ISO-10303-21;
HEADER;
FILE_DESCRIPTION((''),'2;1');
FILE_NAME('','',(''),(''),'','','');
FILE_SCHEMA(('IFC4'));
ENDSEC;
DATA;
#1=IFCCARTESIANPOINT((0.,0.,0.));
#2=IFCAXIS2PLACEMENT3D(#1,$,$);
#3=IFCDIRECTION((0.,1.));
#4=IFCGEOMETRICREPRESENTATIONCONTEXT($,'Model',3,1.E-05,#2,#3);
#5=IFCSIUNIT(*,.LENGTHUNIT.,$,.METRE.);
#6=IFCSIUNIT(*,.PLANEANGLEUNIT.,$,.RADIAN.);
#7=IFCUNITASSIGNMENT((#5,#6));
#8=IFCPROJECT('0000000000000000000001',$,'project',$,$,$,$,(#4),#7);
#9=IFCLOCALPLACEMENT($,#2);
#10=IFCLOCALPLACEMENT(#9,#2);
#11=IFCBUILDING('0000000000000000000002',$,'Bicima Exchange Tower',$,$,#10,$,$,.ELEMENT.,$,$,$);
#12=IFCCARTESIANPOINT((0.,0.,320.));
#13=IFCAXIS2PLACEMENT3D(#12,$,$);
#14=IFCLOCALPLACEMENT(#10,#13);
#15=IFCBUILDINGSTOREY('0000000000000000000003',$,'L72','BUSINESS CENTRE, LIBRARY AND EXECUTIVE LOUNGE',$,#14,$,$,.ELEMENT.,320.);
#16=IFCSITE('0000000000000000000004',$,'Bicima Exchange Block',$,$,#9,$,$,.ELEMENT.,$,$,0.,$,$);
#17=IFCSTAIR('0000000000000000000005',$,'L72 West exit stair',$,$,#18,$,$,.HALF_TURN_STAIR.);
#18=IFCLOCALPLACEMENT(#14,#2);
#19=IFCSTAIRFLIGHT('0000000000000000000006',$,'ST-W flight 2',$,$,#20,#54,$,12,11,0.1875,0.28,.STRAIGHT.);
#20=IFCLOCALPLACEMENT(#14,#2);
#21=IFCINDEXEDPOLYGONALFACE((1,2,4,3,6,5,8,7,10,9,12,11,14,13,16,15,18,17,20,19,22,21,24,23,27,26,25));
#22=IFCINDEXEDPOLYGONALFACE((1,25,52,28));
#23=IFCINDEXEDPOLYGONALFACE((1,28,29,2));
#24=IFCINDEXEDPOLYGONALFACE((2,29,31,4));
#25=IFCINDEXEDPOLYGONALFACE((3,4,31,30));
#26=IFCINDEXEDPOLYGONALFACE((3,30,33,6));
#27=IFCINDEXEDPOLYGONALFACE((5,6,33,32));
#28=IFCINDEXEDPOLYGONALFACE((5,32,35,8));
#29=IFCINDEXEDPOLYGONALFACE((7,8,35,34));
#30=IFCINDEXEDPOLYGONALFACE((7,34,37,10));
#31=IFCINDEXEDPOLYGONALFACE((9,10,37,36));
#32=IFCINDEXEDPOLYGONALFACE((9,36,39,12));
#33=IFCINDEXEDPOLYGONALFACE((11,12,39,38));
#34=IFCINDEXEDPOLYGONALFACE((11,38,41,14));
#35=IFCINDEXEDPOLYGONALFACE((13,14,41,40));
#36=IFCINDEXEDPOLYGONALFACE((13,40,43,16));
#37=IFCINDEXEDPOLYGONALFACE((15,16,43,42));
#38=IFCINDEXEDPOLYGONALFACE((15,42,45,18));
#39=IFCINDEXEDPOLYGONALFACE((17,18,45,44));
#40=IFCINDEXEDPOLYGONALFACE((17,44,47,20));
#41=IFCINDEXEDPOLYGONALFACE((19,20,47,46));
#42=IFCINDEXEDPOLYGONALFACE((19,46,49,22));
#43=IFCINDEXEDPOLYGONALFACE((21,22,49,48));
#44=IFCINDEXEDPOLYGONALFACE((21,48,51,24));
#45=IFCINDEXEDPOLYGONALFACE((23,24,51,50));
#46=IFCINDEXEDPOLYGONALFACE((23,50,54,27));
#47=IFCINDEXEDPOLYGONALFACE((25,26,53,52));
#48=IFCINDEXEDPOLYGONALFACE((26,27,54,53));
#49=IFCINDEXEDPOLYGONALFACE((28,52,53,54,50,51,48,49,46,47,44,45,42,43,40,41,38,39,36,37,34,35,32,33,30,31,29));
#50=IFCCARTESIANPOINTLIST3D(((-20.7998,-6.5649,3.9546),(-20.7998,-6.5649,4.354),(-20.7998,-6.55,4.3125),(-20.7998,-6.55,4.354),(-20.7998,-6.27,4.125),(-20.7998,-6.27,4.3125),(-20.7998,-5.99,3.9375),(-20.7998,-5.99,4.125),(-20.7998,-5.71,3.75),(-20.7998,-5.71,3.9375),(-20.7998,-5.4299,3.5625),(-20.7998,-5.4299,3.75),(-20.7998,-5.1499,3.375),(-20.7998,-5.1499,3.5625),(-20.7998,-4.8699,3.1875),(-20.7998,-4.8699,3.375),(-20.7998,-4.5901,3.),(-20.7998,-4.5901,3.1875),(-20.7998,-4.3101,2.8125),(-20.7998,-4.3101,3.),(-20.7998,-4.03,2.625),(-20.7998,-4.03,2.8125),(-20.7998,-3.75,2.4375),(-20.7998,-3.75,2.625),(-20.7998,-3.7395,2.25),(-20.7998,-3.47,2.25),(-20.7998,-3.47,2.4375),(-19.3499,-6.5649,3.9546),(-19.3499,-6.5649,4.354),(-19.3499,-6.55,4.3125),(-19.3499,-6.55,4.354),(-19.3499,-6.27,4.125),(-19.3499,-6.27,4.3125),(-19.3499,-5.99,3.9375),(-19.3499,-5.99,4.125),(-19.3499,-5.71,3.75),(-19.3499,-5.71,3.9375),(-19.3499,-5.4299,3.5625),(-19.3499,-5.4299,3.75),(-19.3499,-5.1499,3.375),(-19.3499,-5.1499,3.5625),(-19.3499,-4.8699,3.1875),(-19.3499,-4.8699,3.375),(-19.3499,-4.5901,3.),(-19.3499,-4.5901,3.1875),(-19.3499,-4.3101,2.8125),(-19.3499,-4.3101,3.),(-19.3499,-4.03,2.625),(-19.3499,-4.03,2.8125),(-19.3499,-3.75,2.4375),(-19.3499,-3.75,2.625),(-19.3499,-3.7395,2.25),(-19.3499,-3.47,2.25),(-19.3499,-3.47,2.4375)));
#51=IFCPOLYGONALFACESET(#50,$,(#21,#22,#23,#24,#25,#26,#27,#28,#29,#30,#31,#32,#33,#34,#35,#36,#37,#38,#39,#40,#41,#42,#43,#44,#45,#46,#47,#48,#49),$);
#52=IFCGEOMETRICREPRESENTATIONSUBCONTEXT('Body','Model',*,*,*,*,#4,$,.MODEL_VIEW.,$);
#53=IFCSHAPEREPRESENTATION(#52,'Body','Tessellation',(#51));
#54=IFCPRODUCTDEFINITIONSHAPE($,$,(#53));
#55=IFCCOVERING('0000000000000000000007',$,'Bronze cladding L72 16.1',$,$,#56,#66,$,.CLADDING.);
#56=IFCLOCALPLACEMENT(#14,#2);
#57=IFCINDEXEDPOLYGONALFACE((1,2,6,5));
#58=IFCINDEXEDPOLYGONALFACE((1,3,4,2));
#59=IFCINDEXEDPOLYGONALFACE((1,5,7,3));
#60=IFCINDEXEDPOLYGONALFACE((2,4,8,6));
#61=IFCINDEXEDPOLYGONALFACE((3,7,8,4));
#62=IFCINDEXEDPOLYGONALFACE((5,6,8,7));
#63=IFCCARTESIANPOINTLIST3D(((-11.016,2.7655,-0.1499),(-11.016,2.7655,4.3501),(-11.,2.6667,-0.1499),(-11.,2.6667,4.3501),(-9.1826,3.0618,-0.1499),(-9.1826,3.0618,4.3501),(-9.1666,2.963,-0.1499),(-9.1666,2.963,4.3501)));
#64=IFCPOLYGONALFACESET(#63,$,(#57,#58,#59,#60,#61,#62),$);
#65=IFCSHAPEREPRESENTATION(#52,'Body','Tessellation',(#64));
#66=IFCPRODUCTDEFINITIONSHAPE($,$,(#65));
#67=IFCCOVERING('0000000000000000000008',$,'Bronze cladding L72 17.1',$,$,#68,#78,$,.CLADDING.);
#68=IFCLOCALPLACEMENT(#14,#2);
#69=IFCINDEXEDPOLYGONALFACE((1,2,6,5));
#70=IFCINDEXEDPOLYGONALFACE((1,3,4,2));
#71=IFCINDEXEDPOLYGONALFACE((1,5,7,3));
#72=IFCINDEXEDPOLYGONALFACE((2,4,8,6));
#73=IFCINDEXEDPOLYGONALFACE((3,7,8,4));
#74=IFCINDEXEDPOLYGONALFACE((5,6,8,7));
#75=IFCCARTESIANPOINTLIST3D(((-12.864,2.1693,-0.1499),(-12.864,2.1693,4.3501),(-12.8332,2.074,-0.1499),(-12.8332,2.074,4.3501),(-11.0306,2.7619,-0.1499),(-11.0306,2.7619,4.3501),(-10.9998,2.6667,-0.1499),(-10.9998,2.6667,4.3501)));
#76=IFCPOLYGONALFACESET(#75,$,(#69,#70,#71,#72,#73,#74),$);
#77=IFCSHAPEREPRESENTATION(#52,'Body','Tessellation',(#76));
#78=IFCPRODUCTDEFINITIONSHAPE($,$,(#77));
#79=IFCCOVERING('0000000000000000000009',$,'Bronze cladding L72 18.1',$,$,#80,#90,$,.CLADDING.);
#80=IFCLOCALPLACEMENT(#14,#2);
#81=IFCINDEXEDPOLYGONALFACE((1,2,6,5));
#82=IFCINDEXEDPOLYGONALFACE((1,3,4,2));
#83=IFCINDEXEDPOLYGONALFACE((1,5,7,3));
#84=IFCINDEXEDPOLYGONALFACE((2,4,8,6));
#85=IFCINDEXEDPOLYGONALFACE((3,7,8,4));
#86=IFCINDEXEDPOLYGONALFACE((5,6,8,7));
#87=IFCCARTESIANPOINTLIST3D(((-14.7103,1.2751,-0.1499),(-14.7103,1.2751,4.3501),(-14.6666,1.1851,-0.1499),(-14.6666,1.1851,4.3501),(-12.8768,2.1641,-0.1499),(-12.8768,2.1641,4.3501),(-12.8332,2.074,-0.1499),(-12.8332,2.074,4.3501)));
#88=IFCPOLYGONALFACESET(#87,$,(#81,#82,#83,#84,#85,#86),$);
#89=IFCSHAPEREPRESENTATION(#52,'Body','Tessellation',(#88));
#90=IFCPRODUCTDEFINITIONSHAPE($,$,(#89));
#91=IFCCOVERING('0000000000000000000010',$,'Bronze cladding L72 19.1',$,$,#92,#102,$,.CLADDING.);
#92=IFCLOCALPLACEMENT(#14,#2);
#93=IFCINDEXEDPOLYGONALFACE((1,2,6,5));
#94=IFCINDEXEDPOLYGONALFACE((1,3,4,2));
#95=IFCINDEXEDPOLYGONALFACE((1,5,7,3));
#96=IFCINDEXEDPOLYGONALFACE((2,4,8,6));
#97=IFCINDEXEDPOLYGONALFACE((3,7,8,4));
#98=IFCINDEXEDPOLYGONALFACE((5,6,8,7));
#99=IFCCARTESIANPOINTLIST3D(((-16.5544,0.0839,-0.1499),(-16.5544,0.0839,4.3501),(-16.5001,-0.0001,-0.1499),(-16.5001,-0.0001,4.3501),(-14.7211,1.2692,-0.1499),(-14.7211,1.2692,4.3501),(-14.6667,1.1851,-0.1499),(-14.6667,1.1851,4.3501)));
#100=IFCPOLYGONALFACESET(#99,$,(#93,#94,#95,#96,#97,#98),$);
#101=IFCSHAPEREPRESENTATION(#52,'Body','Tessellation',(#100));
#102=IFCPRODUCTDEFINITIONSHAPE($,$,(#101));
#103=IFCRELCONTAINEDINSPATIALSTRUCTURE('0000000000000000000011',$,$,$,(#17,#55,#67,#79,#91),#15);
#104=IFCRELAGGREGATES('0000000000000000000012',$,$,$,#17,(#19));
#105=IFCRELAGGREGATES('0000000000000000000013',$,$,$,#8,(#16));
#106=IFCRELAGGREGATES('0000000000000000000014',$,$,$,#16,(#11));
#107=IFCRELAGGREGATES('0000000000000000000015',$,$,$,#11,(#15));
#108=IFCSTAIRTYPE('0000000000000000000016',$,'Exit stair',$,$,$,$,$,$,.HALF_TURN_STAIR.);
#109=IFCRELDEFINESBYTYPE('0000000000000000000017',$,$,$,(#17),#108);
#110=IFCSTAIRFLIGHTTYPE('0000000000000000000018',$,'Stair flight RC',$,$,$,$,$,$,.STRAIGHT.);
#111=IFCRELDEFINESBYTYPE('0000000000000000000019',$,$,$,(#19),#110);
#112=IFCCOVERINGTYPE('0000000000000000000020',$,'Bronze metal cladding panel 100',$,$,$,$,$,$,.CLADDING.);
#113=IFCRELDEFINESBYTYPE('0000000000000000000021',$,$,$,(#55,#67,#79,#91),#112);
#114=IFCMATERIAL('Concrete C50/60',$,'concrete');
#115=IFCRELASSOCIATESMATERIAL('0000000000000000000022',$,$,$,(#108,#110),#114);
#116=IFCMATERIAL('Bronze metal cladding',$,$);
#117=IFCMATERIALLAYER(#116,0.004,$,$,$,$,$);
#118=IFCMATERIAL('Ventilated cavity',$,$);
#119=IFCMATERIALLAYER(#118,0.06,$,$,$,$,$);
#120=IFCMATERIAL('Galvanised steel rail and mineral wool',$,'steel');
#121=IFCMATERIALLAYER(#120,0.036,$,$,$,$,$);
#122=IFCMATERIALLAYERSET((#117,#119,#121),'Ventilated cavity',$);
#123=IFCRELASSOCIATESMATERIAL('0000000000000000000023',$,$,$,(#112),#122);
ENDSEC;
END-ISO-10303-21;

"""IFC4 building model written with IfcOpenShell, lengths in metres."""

from ifc_helpers import new_model, si_unit, direction, frame, origin, origin_2d, place, context, subcontext, project, spatial, polyline, rectangle, outline, extrude, material, layer, layer_set, type_object, element, aggregate, save


model = new_model("IFC4")

# Units and contexts
model_context = context("Model", 3, precision=1e-05, world=origin(), true_north=direction((0.0, 1.0)))
body_context = subcontext(model_context, "Body", "Model", "MODEL_VIEW")
ifc_project = project(units=[si_unit("LENGTHUNIT", "METRE"), si_unit("PLANEANGLEUNIT", "RADIAN")], contexts=[model_context])

# Site, building, storey
site_placement = place(None, origin())
site = spatial("IfcSite", under=ifc_project, at=site_placement, Name="Bicima Exchange Block", CompositionType="ELEMENT", RefElevation=0.0)
building_placement = place(site_placement, origin())
building = spatial("IfcBuilding", under=site, at=building_placement, Name="Bicima Exchange Tower", CompositionType="ELEMENT")
storey_placement = place(building_placement, frame((0.0, 0.0, 320.0)))
storey = spatial("IfcBuildingStorey", under=building, at=storey_placement, Name="L72", Description="BUSINESS CENTRE, LIBRARY AND EXECUTIVE LOUNGE", CompositionType="ELEMENT", Elevation=320.0)

# Shared definitions
ifc_material_1 = material(Name="Concrete C50/60", Category="concrete")

# Stair, stair flight
stair_type = type_object("IfcStairType", Name="Exit stair", PredefinedType="HALF_TURN_STAIR", material=ifc_material_1)
stair_placement = place(storey_placement, origin())
stair = element("IfcStair", 1, at=stair_placement, inside=storey, type_object=stair_type, Name="L72 West exit stair", PredefinedType="HALF_TURN_STAIR")
stair_flight_type = type_object("IfcStairFlightType", Name="Stair flight RC", PredefinedType="STRAIGHT", material=ifc_material_1)
stair_flight_1_placement = place(storey_placement, frame((-20.075, -3.47, 2.25), z_axis=(0.0, 0.0, 1.0), x_axis=(0.0, -1.0, 0.0)))
stair_flight_1 = element("IfcStairFlight", 2, at=stair_flight_1_placement, type_object=stair_flight_type, Name="ST-W flight 2", NumberOfRisers=12, NumberOfTreads=11, PredefinedType="STRAIGHT", RiserHeight=0.1875, TreadLength=0.28, context=body_context, shape_type="SweptSolid", body=[
    extrude(outline(polyline([(0.0, 0.0), (0.0, 0.1875), (0.28, 0.1875), (0.28, 0.375), (0.5601, 0.375), (0.5601, 0.5625), (0.8401, 0.5625), (0.8401, 0.75), (1.1201, 0.75), (1.1201, 0.9375), (1.3999, 0.9375), (1.3999, 1.125), (1.6799, 1.125), (1.6799, 1.3125), (1.96, 1.3125), (1.96, 1.5), (2.24, 1.5), (2.24, 1.6875), (2.52, 1.6875), (2.52, 1.875), (2.8, 1.875), (2.8, 2.0625), (3.0801, 2.0625), (3.0801, 2.104), (3.095, 2.104), (3.095, 1.7046), (0.2695, 0.0), (0.0, 0.0)])), frame((0.0, 0.7251, 0.0), z_axis=(0.0, -1.0, 0.0), x_axis=(1.0, 0.0, 0.0)), (0.0, 0.0, 1.0), 1.45),
])
aggregate(stair, [stair_flight_1])

# Coverings
ifc_material_2 = material(Name="Bronze metal cladding")
ifc_layer_1 = layer(ifc_material_2, 0.004)
ifc_material_3 = material(Name="Ventilated cavity")
ifc_layer_2 = layer(ifc_material_3, 0.06)
ifc_material_4 = material(Name="Galvanised steel rail and mineral wool", Category="steel")
ifc_layer_3 = layer(ifc_material_4, 0.036)
ifc_layer_set_1 = layer_set([ifc_layer_1, ifc_layer_2, ifc_layer_3], Name="Ventilated cavity")
covering_type = type_object("IfcCoveringType", Name="Bronze metal cladding panel 100", PredefinedType="CLADDING", material=ifc_layer_set_1)
covering_1_placement = place(storey_placement, frame((-10.0913, 2.8643, -0.1499), z_axis=(0.0, 0.0, 1.0), x_axis=(-0.98719, -0.15955, 0.0)))
element("IfcCovering", 3, at=covering_1_placement, inside=storey, type_object=covering_type, Name="Bronze cladding L72 16.1", PredefinedType="CLADDING", context=body_context, shape_type="SweptSolid", body=[
    extrude(rectangle(XDim=1.8572, YDim=0.1001, at=origin_2d()), origin(), (0.0, 0.0, 1.0), 4.5),
])
covering_2_placement = place(storey_placement, frame((-11.9319, 2.418, -0.1499), z_axis=(0.0, 0.0, 1.0), x_axis=(-0.951525, -0.307573, 0.0)))
element("IfcCovering", 4, at=covering_2_placement, inside=storey, type_object=covering_type, Name="Bronze cladding L72 17.1", PredefinedType="CLADDING", context=body_context, shape_type="SweptSolid", body=[
    extrude(rectangle(XDim=1.9268, YDim=0.1001, at=origin_2d()), origin(), (0.0, 0.0, 1.0), 4.5),
])
covering_3_placement = place(storey_placement, frame((-13.7717, 1.6746, -0.1499), z_axis=(0.0, 0.0, 1.0), x_axis=(-0.899818, -0.436265, 0.0)))
element("IfcCovering", 5, at=covering_3_placement, inside=storey, type_object=covering_type, Name="Bronze cladding L72 18.1", PredefinedType="CLADDING", context=body_context, shape_type="SweptSolid", body=[
    extrude(rectangle(XDim=2.0376, YDim=0.1001, at=origin_2d()), origin(), (0.0, 0.0, 1.0), 4.5),
])
covering_4_placement = place(storey_placement, frame((-15.6106, 0.6345, -0.1499), z_axis=(0.0, 0.0, 1.0), x_axis=(-0.83979, -0.542911, 0.0)))
element("IfcCovering", 6, at=covering_4_placement, inside=storey, type_object=covering_type, Name="Bronze cladding L72 19.1", PredefinedType="CLADDING", context=body_context, shape_type="SweptSolid", body=[
    extrude(rectangle(XDim=2.1831, YDim=0.1001, at=origin_2d()), origin(), (0.0, 0.0, 1.0), 4.5),
])

save(model, "model.ifc")
